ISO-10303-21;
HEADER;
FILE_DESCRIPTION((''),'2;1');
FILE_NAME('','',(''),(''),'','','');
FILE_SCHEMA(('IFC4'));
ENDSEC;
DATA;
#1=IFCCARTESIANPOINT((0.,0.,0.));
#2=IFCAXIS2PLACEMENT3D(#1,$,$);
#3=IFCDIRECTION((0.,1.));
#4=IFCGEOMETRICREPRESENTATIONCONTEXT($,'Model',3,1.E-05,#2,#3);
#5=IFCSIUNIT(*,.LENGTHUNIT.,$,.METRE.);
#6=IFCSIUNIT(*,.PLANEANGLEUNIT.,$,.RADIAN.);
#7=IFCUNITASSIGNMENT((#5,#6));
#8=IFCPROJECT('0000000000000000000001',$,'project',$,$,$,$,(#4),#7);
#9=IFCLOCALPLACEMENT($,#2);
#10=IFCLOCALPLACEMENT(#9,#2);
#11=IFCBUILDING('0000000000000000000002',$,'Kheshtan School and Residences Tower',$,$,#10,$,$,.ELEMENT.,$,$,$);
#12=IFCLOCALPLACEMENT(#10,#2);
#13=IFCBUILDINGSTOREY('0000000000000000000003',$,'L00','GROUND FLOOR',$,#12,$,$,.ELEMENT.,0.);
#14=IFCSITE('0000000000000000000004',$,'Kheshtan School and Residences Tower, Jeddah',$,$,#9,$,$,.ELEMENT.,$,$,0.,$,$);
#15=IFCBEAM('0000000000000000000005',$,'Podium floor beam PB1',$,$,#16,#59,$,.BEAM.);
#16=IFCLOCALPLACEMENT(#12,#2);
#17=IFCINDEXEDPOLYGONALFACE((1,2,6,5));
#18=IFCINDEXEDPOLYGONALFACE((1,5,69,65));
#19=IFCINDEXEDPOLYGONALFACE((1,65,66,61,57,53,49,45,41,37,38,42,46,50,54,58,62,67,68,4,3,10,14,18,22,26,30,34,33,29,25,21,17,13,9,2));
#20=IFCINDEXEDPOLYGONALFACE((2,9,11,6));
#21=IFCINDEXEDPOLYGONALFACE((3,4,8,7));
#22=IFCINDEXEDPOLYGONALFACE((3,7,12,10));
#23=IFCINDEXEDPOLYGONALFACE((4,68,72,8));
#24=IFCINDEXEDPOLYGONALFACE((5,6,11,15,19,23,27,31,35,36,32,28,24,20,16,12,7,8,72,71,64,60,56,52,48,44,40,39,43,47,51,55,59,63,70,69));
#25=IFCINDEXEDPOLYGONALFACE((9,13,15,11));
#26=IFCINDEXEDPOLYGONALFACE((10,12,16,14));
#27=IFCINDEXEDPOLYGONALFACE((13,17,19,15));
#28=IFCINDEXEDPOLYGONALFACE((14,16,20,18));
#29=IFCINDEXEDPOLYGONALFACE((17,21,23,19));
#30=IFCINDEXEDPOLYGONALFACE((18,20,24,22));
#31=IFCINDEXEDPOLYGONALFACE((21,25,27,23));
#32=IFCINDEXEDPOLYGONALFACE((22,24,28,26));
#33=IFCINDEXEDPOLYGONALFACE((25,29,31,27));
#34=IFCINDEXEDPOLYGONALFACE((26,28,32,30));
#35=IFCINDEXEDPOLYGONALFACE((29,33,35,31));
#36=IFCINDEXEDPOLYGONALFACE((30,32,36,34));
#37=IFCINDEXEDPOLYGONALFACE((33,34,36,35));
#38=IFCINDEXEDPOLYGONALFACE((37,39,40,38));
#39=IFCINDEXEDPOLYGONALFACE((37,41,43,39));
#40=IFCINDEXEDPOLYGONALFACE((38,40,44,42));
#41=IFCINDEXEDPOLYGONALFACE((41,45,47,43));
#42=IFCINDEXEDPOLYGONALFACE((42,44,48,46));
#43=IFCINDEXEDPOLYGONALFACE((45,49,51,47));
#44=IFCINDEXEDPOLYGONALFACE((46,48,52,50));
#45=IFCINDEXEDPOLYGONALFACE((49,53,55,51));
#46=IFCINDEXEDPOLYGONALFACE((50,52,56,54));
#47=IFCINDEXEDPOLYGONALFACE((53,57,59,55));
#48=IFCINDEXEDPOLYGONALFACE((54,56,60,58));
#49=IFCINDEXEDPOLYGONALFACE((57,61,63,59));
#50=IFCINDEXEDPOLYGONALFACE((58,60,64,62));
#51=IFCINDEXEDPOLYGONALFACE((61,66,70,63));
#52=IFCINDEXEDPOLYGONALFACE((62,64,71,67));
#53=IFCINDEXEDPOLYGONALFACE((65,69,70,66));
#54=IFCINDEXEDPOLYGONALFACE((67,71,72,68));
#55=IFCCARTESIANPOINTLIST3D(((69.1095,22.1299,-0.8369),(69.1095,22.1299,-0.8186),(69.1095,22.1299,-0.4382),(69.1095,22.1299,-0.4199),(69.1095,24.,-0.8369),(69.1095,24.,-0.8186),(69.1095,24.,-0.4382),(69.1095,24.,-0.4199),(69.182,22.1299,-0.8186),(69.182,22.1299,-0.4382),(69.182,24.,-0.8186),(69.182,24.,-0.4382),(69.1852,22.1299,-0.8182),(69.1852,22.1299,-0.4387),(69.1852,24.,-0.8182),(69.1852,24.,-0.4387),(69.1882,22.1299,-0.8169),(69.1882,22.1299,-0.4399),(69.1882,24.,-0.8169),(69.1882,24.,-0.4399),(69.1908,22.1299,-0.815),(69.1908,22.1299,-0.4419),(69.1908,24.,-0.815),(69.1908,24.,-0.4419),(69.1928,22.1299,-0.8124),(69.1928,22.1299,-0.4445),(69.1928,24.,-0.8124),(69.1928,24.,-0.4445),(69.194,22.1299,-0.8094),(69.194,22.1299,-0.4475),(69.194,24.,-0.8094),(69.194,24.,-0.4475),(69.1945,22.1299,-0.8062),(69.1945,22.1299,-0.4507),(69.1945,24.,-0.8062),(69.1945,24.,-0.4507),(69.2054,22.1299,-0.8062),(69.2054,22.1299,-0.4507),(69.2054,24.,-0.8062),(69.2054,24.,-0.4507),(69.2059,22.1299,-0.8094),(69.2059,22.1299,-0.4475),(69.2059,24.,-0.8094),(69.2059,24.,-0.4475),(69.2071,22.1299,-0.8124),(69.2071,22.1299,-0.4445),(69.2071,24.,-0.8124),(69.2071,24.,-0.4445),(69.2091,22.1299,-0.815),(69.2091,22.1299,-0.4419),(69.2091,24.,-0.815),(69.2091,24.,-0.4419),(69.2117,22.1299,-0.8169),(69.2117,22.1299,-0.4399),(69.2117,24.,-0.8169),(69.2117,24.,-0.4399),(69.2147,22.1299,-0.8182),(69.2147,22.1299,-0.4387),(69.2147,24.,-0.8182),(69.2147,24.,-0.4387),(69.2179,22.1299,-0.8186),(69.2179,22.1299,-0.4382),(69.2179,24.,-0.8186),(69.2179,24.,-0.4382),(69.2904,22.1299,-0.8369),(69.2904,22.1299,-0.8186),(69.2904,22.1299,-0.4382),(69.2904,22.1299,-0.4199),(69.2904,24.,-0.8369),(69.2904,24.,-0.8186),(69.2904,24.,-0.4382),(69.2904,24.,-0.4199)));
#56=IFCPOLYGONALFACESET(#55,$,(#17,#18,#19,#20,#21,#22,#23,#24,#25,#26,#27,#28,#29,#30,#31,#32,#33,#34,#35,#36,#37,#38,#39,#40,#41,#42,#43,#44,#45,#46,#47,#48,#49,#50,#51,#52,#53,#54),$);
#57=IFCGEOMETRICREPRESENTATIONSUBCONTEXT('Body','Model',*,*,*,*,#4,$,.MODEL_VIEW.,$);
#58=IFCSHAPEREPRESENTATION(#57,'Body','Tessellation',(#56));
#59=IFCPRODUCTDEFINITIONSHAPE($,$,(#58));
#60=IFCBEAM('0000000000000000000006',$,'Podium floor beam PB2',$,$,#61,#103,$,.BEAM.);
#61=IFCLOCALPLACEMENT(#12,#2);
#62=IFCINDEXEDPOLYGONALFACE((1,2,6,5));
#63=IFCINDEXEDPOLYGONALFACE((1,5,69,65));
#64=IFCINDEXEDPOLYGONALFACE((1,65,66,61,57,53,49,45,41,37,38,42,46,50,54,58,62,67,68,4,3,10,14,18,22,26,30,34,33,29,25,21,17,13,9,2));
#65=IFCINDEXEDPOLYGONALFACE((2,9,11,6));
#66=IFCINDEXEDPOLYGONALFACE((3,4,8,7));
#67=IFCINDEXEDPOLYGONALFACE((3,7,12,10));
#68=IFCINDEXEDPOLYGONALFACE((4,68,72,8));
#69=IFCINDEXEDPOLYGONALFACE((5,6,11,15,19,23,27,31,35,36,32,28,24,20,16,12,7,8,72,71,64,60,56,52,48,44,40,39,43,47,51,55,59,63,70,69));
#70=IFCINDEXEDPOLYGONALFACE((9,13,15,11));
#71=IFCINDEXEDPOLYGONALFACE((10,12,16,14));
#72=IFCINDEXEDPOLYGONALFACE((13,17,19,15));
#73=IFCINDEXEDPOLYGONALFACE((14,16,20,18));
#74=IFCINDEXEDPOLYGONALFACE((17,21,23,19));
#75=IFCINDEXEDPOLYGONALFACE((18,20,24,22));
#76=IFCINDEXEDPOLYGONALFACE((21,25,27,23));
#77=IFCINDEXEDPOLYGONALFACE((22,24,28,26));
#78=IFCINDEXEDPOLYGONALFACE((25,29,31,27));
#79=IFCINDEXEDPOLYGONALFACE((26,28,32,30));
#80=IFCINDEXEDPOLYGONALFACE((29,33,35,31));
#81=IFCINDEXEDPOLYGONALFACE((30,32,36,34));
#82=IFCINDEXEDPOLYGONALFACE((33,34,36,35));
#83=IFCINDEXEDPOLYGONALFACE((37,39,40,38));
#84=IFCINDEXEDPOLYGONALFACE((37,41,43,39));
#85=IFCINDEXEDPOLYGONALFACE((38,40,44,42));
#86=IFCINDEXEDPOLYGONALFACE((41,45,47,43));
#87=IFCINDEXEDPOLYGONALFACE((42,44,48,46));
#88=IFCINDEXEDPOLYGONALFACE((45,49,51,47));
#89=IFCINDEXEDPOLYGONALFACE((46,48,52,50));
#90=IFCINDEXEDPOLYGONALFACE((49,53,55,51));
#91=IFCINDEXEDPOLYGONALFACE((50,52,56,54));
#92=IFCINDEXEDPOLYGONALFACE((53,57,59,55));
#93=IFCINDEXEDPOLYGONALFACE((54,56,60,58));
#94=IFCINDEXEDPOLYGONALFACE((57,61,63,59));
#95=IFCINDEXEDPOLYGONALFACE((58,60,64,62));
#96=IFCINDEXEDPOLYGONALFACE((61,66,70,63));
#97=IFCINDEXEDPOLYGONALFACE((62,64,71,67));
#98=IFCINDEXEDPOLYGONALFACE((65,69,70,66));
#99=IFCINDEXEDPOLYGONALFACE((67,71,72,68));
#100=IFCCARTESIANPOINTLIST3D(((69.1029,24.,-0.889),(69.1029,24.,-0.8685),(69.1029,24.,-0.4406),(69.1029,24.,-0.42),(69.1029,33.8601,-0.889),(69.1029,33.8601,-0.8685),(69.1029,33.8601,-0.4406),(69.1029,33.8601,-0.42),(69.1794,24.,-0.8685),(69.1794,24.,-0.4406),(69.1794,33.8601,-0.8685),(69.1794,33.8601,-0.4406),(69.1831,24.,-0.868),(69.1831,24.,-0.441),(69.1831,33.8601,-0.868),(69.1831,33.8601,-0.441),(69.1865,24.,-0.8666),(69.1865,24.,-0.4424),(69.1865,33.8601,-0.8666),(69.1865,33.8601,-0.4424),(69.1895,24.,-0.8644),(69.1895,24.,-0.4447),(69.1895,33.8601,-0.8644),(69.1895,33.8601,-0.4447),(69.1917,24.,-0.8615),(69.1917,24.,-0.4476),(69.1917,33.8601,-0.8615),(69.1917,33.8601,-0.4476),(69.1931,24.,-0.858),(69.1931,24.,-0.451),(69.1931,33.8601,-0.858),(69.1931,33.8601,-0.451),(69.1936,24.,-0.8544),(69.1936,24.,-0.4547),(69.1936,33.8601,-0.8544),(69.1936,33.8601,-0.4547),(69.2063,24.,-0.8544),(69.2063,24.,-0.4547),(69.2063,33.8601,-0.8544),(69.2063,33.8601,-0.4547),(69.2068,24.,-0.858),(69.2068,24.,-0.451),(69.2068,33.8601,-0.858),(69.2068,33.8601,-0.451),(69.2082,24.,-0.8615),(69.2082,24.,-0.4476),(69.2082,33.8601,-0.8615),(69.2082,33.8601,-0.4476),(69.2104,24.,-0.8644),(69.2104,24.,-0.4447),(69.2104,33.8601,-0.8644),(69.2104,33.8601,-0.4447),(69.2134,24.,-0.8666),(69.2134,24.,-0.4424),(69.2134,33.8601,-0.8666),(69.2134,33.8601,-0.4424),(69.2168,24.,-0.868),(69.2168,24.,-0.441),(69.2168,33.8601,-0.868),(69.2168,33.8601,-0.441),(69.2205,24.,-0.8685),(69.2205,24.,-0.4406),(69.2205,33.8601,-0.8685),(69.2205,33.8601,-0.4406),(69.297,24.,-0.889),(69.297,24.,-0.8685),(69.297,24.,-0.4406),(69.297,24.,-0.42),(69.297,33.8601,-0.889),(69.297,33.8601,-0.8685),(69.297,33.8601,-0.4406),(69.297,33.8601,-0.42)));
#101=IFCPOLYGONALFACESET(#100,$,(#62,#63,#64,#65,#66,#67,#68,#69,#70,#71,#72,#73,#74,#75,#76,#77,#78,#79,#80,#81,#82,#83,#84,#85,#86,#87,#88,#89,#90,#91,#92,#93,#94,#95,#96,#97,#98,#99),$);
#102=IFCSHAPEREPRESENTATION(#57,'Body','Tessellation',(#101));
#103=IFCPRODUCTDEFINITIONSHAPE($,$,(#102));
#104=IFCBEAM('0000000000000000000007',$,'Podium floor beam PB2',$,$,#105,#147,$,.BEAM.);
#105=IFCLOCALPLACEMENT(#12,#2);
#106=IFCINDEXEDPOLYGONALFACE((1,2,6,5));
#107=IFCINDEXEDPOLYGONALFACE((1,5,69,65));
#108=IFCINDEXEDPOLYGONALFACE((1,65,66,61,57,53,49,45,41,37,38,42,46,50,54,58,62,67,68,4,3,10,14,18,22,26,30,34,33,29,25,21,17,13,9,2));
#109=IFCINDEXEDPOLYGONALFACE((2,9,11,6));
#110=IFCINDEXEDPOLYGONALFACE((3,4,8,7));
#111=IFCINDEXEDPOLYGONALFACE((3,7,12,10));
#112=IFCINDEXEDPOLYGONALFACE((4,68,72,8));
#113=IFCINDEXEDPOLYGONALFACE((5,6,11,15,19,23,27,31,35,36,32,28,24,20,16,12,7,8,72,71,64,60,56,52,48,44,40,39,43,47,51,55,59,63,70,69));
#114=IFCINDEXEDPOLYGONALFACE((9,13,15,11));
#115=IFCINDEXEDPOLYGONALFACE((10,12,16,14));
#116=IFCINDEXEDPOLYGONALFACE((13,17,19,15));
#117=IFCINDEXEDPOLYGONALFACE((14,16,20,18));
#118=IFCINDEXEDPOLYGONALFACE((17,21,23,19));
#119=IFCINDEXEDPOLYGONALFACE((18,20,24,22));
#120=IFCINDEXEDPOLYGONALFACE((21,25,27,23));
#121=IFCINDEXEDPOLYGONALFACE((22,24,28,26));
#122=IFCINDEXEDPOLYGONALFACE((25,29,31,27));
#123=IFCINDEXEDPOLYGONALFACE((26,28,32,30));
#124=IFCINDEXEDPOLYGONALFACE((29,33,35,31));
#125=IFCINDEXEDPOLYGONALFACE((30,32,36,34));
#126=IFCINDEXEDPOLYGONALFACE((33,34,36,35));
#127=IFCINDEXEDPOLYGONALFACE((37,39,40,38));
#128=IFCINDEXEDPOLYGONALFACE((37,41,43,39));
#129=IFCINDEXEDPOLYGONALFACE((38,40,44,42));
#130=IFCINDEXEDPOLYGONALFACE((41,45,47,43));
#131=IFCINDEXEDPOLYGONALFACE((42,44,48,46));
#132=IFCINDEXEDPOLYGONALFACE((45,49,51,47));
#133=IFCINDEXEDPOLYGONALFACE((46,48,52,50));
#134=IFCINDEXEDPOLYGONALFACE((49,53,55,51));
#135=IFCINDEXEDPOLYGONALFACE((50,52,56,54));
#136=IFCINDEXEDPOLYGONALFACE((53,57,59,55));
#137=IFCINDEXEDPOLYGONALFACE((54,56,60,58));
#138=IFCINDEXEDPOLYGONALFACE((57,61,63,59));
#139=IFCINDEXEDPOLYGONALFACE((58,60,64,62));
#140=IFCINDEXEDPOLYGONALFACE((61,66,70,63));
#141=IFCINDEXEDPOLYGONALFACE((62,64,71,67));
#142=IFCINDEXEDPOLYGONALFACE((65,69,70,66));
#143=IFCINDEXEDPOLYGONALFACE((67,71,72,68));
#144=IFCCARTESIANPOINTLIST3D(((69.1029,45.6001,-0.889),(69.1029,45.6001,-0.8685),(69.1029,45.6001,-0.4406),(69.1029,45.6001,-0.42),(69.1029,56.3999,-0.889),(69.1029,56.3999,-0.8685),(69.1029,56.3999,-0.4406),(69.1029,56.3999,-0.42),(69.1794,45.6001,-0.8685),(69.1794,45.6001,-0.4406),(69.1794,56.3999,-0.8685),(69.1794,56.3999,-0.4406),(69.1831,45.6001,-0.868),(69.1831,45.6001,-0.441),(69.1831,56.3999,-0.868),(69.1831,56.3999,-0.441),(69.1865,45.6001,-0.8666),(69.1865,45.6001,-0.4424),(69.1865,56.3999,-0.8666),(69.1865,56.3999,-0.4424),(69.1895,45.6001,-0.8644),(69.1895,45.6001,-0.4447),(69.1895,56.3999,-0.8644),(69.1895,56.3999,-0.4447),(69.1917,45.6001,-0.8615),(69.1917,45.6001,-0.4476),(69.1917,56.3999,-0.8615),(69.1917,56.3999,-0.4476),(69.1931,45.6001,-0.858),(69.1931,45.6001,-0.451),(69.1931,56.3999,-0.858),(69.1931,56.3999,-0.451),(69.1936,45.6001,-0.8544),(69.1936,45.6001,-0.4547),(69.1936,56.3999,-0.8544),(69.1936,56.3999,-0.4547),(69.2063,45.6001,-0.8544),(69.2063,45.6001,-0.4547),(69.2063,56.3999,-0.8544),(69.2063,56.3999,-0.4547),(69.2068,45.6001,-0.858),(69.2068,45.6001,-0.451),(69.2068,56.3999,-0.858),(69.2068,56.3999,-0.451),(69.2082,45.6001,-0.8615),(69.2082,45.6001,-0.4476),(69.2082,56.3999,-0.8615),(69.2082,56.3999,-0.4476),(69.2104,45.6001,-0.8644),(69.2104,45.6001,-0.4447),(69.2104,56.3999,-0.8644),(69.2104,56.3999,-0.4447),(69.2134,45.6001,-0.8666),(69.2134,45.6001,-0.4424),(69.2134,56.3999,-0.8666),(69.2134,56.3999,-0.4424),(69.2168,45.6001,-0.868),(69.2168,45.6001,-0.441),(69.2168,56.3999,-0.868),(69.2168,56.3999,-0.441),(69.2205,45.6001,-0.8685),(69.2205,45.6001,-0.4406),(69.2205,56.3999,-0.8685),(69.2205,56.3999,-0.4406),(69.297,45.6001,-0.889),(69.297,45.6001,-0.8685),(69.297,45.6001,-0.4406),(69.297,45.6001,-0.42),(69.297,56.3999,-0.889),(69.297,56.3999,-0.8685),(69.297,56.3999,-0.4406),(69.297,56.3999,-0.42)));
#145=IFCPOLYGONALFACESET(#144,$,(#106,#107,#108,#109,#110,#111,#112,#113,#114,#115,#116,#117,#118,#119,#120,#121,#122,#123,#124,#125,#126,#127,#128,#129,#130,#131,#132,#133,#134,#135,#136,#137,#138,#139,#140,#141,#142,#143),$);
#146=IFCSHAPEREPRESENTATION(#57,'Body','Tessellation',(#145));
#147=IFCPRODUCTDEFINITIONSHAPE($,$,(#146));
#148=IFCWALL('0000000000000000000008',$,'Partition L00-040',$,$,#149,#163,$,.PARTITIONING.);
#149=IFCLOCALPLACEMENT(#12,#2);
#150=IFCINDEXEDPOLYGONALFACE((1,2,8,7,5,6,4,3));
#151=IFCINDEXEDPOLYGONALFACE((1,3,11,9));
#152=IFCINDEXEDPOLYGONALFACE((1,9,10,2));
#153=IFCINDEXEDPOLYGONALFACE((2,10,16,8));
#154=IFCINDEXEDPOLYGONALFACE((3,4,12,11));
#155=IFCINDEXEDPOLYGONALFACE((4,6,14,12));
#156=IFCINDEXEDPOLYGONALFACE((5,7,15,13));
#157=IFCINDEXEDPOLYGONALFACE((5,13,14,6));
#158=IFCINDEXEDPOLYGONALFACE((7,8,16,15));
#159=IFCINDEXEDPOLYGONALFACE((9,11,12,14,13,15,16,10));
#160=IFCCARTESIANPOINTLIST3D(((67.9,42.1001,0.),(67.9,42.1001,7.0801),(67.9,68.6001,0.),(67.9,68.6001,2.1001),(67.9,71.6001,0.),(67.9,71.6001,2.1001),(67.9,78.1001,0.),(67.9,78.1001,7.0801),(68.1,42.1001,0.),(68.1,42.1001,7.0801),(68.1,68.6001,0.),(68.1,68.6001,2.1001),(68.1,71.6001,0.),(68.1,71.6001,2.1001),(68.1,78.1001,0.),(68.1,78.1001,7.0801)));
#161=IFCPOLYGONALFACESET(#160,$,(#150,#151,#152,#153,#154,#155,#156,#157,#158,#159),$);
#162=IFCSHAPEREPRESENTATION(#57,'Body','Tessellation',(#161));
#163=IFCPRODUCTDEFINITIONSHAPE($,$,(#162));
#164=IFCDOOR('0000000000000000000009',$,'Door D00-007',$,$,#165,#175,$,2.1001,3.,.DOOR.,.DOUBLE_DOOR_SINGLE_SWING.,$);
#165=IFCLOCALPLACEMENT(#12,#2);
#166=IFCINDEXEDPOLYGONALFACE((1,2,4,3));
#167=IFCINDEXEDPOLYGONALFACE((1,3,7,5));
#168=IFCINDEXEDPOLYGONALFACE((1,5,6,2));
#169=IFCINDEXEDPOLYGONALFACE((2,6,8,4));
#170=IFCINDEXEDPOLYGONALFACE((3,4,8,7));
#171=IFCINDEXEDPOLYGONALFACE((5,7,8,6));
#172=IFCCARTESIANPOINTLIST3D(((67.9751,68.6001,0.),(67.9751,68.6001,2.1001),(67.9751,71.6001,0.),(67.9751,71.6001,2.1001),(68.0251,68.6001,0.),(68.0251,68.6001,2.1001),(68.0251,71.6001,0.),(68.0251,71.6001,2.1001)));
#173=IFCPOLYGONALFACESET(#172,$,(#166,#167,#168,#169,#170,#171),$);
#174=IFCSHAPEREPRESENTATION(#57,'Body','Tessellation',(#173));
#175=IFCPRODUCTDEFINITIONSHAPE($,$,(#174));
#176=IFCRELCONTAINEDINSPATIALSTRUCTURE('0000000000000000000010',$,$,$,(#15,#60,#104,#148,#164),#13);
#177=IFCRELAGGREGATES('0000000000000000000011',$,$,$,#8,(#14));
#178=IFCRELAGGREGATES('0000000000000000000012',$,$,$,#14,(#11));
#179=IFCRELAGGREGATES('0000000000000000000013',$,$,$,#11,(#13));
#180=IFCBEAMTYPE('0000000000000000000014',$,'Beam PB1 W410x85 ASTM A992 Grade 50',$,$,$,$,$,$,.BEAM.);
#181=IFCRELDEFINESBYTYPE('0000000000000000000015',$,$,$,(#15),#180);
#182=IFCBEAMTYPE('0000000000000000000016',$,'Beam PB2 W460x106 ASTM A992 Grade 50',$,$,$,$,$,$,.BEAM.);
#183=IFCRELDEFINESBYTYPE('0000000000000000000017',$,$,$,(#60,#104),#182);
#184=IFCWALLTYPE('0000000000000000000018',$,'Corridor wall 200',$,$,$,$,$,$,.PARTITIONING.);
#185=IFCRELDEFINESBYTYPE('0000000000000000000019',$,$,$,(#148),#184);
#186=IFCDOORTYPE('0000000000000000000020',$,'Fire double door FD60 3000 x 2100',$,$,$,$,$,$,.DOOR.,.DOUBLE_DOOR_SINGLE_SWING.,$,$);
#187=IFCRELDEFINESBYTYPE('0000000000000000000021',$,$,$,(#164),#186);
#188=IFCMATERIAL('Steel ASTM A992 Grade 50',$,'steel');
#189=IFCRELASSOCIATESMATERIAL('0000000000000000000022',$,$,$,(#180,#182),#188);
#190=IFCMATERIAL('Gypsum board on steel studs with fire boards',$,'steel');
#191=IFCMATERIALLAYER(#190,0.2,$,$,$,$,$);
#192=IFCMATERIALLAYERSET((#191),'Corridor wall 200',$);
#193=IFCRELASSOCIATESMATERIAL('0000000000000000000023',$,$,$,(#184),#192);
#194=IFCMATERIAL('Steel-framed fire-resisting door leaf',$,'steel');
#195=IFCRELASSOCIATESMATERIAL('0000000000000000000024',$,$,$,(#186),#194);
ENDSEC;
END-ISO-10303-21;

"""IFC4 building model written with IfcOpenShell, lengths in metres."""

from ifc_helpers import new_model, si_unit, direction, frame, frame_2d, origin, origin_2d, place, context, subcontext, project, spatial, rectangle, i_section, extrude, source, transform, mapped, material, layer, layer_set, material_profile, profile_set, type_object, element, fill, save


model = new_model("IFC4")

# Units and contexts
model_context = context("Model", 3, precision=1e-05, world=origin(), true_north=direction((0.0, 1.0)))
body_context = subcontext(model_context, "Body", "Model", "MODEL_VIEW")
ifc_project = project(units=[si_unit("LENGTHUNIT", "METRE"), si_unit("PLANEANGLEUNIT", "RADIAN")], contexts=[model_context])

# Site, building, storey
site_placement = place(None, origin())
site = spatial("IfcSite", under=ifc_project, at=site_placement, Name="Kheshtan School and Residences Tower, Jeddah", CompositionType="ELEMENT", RefElevation=0.0)
building_placement = place(site_placement, origin())
building = spatial("IfcBuilding", under=site, at=building_placement, Name="Kheshtan School and Residences Tower", CompositionType="ELEMENT")
storey_placement = place(building_placement, origin())
storey = spatial("IfcBuildingStorey", under=building, at=storey_placement, Name="L00", Description="GROUND FLOOR", CompositionType="ELEMENT", Elevation=0.0)

# Shared definitions
ifc_material_1 = material(Name="Steel ASTM A992 Grade 50", Category="steel")

# Beams
ifc_material_profile_1 = material_profile(ifc_material_1, i_section(OverallWidth=0.1809, OverallDepth=0.417, WebThickness=0.011, FlangeThickness=0.0183, FilletRadius=0.0125, at=origin_2d()), Name="W410x85")
ifc_profile_set_1 = profile_set([ifc_material_profile_1], Name="Steel ASTM A992 Grade 50")
beam_type_1 = type_object("IfcBeamType", Name="Beam PB1 W410x85 ASTM A992 Grade 50", PredefinedType="BEAM", material=ifc_profile_set_1)
beam_1_placement = place(storey_placement, frame((69.2, 22.1299, -0.6284), z_axis=(0.0, 1.0, 0.0), x_axis=(-1.0, 0.0, 0.0)))
element("IfcBeam", 1, at=beam_1_placement, inside=storey, type_object=beam_type_1, Name="Podium floor beam PB1", PredefinedType="BEAM", context=body_context, shape_type="SweptSolid", body=[
    extrude(i_section(OverallWidth=0.1809, OverallDepth=0.417, WebThickness=0.011, FlangeThickness=0.0183, FilletRadius=0.0125, at=origin_2d()), origin(), (0.0, 0.0, 1.0), 1.8701),
])
ifc_material_profile_2 = material_profile(ifc_material_1, i_section(OverallWidth=0.1941, OverallDepth=0.469, WebThickness=0.0127, FlangeThickness=0.0205, FilletRadius=0.0142, at=origin_2d()), Name="W460x106")
ifc_profile_set_2 = profile_set([ifc_material_profile_2], Name="Steel ASTM A992 Grade 50")
beam_type_2 = type_object("IfcBeamType", Name="Beam PB2 W460x106 ASTM A992 Grade 50", PredefinedType="BEAM", material=ifc_profile_set_2)
beam_2_placement = place(storey_placement, frame((69.2, 24.0, -0.6545), z_axis=(0.0, 1.0, 0.0), x_axis=(-1.0, 0.0, 0.0)))
element("IfcBeam", 2, at=beam_2_placement, inside=storey, type_object=beam_type_2, Name="Podium floor beam PB2", PredefinedType="BEAM", context=body_context, shape_type="SweptSolid", body=[
    extrude(i_section(OverallWidth=0.1941, OverallDepth=0.469, WebThickness=0.0127, FlangeThickness=0.0205, FilletRadius=0.0142, at=origin_2d()), origin(), (0.0, 0.0, 1.0), 9.8601),
])
beam_3_placement = place(storey_placement, frame((69.2, 45.6001, -0.6545), z_axis=(0.0, 1.0, 0.0), x_axis=(-1.0, 0.0, 0.0)))
element("IfcBeam", 3, at=beam_3_placement, inside=storey, type_object=beam_type_2, Name="Podium floor beam PB2", PredefinedType="BEAM", context=body_context, shape_type="SweptSolid", body=[
    extrude(i_section(OverallWidth=0.1941, OverallDepth=0.469, WebThickness=0.0127, FlangeThickness=0.0205, FilletRadius=0.0142, at=origin_2d()), origin(), (0.0, 0.0, 1.0), 10.7998),
])

# Wall, opening, door
ifc_material_2 = material(Name="Gypsum board on steel studs with fire boards", Category="steel")
ifc_layer_1 = layer(ifc_material_2, 0.2)
ifc_layer_set_1 = layer_set([ifc_layer_1], Name="Corridor wall 200")
wall_type_1 = type_object("IfcWallType", Name="Corridor wall 200", PredefinedType="PARTITIONING", material=ifc_layer_set_1)
wall_1_placement = place(storey_placement, frame((68.0, 42.1001, 0.0), z_axis=(0.0, 0.0, 1.0), x_axis=(0.0, 1.0, 0.0)))
wall_1 = element("IfcWall", 4, at=wall_1_placement, inside=storey, type_object=wall_type_1, Name="Partition L00-040", PredefinedType="PARTITIONING", context=body_context, shape_type="SweptSolid", body=[
    extrude(rectangle(XDim=36.0, YDim=0.2, at=frame_2d((18.0, 0.0))), origin(), (0.0, 0.0, 1.0), 7.0801),
])
opening_1_placement = place(wall_1_placement, frame((26.5, 0.0, 0.0)))
opening_1 = element("IfcOpeningElement", 5, at=opening_1_placement, cuts=wall_1, PredefinedType="OPENING", context=body_context, shape_type="SweptSolid", body=[
    extrude(rectangle(XDim=3.0, YDim=2.1001, at=frame_2d((1.5, 1.05))), frame((0.0, 0.1099, 0.0), z_axis=(0.0, -1.0, 0.0), x_axis=(1.0, 0.0, 0.0)), (0.0, 0.0, 1.0), 0.22),
])
ifc_material_3 = material(Name="Steel-framed fire-resisting door leaf", Category="steel")
door_type_1 = type_object("IfcDoorType", Name="Fire double door FD60 3000 x 2100", OperationType="DOUBLE_DOOR_SINGLE_SWING", PredefinedType="DOOR", material=ifc_material_3)
shared_shape_1 = source(origin(), body_context, "Body", "SweptSolid", [
    extrude(rectangle(XDim=3.0, YDim=2.1001, at=frame_2d((1.5, 1.05))), frame((0.0, 0.0249, 0.0), z_axis=(0.0, -1.0, 0.0), x_axis=(1.0, 0.0, 0.0)), (0.0, 0.0, 1.0), 0.05),
])
door_1_placement = place(opening_1_placement, origin())
door_1 = element("IfcDoor", 6, at=door_1_placement, inside=storey, type_object=door_type_1, Name="Door D00-007", OperationType="DOUBLE_DOOR_SINGLE_SWING", OverallHeight=2.1001, OverallWidth=3.0, PredefinedType="DOOR", context=body_context, shape_type="MappedRepresentation", body=[
    mapped(shared_shape_1, transform((0.0, 0.0, 0.0), x_axis=(1.0, 0.0, 0.0), y_axis=(0.0, 1.0, 0.0), z_axis=(0.0, 0.0, 1.0), scale=1.0)),
])
fill(opening_1, door_1)

save(model, "model.ifc")
